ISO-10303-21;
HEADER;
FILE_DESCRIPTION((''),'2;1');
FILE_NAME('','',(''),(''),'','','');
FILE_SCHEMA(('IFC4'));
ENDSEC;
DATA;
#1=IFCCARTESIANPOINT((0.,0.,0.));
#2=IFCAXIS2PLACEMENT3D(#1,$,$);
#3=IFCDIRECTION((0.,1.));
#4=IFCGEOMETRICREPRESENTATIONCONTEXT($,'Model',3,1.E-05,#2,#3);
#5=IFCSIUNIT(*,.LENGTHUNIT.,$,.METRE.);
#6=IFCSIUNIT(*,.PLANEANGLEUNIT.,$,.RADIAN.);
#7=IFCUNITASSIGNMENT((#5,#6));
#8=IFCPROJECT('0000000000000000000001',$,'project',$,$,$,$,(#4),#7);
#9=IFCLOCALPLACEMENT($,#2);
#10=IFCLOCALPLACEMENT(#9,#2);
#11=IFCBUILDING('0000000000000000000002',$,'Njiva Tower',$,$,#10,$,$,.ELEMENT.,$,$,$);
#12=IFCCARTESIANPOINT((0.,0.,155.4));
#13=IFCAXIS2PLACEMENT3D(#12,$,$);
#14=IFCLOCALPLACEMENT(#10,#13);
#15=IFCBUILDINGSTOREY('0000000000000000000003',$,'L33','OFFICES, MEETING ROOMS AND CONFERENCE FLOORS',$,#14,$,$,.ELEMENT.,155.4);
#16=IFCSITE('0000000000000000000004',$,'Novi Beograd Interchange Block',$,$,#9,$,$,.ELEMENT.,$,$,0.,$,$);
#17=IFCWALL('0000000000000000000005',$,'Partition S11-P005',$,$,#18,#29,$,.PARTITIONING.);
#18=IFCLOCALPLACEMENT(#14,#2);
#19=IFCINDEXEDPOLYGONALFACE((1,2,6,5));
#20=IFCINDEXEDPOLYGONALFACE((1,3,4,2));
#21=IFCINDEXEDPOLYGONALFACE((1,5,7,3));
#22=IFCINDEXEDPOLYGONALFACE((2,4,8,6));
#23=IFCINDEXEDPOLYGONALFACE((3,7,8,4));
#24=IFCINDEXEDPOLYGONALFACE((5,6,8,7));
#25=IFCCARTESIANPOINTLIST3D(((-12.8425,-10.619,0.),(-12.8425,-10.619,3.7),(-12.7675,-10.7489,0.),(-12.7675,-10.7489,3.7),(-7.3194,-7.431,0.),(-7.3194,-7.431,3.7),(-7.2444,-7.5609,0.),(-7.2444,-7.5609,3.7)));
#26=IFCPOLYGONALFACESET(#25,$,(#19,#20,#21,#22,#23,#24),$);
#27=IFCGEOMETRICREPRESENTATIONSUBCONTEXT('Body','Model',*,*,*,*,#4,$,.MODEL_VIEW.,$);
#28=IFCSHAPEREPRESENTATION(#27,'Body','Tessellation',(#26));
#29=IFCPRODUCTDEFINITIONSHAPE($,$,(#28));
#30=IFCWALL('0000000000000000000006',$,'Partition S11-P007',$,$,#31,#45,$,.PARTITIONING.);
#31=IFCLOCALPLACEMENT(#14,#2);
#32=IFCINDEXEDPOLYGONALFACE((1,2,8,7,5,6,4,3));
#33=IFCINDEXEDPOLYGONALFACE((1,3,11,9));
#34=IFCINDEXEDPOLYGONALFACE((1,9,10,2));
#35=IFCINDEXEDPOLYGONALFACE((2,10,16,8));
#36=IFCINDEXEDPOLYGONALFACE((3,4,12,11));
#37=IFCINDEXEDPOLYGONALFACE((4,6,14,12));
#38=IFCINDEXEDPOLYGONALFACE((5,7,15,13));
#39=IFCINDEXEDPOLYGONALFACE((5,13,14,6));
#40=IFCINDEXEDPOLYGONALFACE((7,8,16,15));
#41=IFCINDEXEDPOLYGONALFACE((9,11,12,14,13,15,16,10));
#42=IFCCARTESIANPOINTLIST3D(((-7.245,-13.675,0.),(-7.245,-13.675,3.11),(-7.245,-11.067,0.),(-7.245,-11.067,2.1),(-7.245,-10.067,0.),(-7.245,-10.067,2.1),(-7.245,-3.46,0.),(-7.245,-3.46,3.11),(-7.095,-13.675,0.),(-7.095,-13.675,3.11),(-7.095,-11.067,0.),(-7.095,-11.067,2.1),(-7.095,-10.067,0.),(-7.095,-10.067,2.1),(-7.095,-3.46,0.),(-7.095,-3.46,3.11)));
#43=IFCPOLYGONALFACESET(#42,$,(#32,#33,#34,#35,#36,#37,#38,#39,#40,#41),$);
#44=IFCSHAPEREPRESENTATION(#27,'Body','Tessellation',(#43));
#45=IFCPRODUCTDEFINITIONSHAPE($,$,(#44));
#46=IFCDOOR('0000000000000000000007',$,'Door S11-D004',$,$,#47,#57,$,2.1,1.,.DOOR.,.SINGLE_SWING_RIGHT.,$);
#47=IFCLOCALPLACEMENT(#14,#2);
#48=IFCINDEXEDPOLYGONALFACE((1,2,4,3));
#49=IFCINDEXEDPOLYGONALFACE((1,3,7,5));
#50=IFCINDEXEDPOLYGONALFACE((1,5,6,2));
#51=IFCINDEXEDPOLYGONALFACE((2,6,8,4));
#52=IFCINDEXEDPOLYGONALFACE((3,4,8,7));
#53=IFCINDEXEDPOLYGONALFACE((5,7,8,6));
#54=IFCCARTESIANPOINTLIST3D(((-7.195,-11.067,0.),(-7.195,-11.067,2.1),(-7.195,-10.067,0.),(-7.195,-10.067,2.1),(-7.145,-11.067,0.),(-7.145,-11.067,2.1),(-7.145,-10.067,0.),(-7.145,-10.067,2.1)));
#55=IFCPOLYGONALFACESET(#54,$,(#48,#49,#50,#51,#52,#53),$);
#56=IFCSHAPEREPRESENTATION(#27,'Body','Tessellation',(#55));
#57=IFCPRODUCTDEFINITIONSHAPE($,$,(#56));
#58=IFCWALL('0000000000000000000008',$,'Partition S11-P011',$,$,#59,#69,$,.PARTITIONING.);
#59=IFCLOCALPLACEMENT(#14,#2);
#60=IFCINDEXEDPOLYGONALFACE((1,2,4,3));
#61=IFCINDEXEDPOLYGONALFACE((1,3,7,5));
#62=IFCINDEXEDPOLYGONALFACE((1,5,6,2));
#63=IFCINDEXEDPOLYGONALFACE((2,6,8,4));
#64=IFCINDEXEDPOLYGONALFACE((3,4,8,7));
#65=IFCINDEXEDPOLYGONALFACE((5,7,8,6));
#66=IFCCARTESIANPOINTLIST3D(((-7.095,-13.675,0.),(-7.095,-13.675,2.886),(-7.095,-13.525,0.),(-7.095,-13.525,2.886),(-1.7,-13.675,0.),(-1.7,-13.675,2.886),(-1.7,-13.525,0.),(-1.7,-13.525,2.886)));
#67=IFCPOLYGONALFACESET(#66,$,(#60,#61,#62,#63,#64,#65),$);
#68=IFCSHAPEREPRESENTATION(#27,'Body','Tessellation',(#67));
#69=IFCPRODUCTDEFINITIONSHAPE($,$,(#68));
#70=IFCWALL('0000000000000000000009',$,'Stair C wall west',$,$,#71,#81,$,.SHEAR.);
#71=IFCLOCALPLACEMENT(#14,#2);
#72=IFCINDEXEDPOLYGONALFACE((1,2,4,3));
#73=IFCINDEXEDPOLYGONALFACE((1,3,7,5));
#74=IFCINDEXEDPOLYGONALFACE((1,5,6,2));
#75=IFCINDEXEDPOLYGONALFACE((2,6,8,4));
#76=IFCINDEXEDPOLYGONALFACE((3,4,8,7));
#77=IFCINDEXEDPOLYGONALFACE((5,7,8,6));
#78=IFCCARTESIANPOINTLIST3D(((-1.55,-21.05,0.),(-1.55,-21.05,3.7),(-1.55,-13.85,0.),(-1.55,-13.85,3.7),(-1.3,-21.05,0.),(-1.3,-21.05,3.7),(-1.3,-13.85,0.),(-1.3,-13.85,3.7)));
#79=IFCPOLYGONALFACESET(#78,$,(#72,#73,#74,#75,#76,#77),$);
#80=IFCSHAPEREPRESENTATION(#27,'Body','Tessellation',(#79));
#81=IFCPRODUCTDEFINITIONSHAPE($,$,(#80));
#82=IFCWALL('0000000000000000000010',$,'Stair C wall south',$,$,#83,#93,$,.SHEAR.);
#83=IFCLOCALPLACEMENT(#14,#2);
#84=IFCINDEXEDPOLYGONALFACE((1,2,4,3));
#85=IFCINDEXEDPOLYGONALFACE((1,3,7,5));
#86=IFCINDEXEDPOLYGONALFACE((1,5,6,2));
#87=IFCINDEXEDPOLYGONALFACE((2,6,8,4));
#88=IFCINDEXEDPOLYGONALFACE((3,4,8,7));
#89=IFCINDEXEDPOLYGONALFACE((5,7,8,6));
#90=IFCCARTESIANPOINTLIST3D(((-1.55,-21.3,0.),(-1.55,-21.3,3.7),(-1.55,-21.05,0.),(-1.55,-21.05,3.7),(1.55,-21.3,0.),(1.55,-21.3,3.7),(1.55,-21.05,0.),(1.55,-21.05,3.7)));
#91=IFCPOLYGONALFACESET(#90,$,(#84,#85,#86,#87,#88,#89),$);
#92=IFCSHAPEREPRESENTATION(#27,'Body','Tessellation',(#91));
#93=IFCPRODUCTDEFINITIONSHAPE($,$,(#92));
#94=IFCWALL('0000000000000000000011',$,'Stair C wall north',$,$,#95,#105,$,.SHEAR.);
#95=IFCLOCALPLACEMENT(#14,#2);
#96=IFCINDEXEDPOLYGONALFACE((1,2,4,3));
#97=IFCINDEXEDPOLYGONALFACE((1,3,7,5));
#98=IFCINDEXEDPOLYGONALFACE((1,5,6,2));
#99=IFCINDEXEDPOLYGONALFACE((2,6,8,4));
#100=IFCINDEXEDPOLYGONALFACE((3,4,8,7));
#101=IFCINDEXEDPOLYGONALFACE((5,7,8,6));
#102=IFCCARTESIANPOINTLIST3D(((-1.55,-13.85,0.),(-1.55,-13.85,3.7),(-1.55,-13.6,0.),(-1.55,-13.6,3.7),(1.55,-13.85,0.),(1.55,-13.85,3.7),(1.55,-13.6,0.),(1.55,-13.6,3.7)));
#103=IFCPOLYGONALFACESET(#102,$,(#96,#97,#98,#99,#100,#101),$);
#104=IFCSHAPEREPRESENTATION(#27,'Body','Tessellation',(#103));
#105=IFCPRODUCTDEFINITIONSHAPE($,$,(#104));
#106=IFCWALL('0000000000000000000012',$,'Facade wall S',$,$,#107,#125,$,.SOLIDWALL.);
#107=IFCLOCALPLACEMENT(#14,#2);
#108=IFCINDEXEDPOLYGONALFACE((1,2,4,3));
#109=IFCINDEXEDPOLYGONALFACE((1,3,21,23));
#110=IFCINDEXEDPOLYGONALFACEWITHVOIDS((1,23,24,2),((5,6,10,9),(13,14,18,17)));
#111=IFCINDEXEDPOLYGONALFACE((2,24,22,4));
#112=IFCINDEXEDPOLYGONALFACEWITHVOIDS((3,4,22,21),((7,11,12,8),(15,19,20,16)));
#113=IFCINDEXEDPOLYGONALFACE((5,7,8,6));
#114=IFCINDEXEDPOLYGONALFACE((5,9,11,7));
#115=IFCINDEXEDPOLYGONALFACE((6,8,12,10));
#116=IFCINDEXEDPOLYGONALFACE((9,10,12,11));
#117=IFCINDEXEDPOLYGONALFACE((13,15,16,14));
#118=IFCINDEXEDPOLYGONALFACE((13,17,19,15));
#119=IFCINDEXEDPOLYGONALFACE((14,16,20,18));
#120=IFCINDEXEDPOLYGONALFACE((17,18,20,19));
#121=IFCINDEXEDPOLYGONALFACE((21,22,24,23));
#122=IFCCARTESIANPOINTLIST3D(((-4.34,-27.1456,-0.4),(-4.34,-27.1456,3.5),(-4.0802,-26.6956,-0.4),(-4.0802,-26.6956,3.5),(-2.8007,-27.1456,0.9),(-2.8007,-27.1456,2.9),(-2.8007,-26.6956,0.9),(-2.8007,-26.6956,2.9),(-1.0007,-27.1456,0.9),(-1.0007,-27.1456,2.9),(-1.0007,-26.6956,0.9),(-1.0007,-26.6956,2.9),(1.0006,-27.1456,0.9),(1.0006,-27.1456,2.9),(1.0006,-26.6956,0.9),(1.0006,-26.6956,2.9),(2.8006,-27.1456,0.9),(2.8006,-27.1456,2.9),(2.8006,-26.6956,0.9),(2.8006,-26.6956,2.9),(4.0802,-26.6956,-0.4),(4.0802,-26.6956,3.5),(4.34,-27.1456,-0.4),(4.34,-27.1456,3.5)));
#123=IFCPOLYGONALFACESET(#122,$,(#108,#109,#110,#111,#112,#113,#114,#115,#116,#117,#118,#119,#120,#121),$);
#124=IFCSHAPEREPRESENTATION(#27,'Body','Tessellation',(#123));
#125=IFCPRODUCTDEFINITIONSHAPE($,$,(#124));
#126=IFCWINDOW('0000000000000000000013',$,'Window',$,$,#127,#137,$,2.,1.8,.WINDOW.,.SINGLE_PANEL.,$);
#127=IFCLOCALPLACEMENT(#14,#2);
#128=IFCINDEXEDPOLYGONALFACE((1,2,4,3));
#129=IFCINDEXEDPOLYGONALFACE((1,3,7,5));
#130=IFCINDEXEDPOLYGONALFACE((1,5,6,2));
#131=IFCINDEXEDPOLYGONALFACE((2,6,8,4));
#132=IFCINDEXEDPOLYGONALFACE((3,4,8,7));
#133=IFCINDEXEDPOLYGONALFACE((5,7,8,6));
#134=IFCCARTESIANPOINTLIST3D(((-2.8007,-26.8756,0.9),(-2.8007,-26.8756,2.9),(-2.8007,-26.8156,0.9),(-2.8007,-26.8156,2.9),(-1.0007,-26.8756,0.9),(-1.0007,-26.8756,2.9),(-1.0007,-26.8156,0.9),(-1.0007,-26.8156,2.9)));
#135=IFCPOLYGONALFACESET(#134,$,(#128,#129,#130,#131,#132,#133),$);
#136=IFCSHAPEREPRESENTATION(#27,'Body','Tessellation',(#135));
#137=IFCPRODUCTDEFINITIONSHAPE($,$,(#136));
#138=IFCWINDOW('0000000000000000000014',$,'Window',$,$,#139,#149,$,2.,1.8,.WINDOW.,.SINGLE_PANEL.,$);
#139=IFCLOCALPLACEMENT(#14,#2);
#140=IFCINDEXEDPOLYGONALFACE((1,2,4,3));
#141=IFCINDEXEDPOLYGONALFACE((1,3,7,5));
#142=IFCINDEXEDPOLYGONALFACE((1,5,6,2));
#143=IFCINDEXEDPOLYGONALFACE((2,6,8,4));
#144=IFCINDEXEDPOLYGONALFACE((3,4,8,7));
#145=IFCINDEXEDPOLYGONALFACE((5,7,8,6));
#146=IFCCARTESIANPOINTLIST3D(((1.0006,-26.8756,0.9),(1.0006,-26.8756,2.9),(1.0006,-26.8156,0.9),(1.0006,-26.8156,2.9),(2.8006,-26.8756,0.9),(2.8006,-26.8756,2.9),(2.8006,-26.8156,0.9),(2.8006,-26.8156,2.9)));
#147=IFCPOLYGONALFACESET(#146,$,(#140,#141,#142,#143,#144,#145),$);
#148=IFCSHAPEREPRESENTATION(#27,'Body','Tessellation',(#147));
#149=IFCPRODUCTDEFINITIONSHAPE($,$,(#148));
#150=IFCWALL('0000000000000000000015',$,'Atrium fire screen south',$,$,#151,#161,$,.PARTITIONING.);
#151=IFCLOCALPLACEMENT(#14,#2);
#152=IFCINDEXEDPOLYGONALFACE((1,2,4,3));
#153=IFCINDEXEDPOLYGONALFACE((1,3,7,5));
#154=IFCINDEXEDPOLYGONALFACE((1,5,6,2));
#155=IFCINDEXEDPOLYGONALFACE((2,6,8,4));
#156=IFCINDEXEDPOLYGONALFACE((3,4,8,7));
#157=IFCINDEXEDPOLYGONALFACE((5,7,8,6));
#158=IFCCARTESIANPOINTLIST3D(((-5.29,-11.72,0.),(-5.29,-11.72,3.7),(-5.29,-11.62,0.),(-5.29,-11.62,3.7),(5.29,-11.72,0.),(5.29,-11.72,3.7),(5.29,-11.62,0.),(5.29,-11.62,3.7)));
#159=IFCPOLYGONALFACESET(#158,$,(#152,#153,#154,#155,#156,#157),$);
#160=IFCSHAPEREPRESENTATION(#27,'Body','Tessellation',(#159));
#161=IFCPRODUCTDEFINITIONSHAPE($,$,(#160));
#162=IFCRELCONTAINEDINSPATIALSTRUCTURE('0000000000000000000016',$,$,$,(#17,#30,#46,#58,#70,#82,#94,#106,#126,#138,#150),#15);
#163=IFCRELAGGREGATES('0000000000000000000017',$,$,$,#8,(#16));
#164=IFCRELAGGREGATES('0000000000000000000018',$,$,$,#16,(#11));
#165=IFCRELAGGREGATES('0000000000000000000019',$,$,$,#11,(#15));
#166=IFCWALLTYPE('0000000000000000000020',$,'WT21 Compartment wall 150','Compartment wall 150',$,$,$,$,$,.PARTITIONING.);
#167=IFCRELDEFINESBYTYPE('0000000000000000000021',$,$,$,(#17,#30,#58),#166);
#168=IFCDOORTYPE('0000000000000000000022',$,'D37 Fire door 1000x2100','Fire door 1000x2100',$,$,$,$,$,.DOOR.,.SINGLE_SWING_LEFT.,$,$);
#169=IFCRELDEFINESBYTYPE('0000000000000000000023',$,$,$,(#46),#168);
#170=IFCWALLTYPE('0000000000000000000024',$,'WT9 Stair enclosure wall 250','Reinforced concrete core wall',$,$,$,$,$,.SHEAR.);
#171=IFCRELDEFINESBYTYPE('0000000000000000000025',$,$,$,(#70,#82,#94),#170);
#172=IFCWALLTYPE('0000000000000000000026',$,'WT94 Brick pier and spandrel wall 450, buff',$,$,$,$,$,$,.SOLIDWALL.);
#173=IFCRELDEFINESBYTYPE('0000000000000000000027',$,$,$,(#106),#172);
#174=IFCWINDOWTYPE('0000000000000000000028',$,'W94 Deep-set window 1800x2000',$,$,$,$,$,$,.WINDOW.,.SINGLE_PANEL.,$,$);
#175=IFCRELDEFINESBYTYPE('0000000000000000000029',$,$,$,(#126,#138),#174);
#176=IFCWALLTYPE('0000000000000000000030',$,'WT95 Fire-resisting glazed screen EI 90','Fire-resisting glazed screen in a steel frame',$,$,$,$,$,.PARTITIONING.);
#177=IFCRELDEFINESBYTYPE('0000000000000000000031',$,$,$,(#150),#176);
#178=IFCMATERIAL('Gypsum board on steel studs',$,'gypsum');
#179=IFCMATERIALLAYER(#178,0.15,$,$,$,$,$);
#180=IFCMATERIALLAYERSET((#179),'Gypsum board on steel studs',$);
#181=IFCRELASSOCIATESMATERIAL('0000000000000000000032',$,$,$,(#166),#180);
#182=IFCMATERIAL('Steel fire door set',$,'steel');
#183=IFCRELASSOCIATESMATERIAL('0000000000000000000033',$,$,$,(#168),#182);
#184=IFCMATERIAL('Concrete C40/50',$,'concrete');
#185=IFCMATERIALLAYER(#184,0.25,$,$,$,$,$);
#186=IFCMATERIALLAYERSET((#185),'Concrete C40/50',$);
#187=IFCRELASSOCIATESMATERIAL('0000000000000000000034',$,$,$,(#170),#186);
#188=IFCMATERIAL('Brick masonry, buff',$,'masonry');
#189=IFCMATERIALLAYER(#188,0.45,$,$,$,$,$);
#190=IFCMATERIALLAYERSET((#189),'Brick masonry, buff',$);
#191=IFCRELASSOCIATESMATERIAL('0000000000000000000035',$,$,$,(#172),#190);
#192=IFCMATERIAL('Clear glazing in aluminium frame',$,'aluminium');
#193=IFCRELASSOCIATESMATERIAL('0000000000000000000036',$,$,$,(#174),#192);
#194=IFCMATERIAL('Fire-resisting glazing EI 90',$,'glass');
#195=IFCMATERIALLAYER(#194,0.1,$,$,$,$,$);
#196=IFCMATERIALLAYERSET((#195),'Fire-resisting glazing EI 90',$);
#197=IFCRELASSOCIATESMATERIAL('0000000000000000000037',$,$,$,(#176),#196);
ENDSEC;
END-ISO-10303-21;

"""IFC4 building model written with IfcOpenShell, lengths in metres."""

from ifc_helpers import new_model, si_unit, direction, frame, frame_2d, origin, place, context, subcontext, project, spatial, polyline, rectangle, outline, extrude, material, layer, layer_set, type_object, element, fill, save


model = new_model("IFC4")

# Units and contexts
model_context = context("Model", 3, precision=1e-05, world=origin(), true_north=direction((0.0, 1.0)))
body_context = subcontext(model_context, "Body", "Model", "MODEL_VIEW")
ifc_project = project(units=[si_unit("LENGTHUNIT", "METRE"), si_unit("PLANEANGLEUNIT", "RADIAN")], contexts=[model_context])

# Site, building, storey
site_placement = place(None, origin())
site = spatial("IfcSite", under=ifc_project, at=site_placement, Name="Novi Beograd Interchange Block", CompositionType="ELEMENT", RefElevation=0.0)
building_placement = place(site_placement, origin())
building = spatial("IfcBuilding", under=site, at=building_placement, Name="Njiva Tower", CompositionType="ELEMENT")
storey_placement = place(building_placement, frame((0.0, 0.0, 155.4)))
storey = spatial("IfcBuildingStorey", under=building, at=storey_placement, Name="L33", Description="OFFICES, MEETING ROOMS AND CONFERENCE FLOORS", CompositionType="ELEMENT", Elevation=155.4)

# Wall
ifc_material_1 = material(Name="Gypsum board on steel studs", Category="gypsum")
ifc_layer_1 = layer(ifc_material_1, 0.15)
ifc_layer_set_1 = layer_set([ifc_layer_1], Name="Gypsum board on steel studs")
wall_type_1 = type_object("IfcWallType", Name="WT21 Compartment wall 150", Description="Compartment wall 150", PredefinedType="PARTITIONING", material=ifc_layer_set_1)
wall_1_placement = place(storey_placement, frame((-12.805, -10.684, 0.0), z_axis=(0.0, 0.0, 1.0), x_axis=(0.866073, 0.499917, 0.0)))
element("IfcWall", 1, at=wall_1_placement, inside=storey, type_object=wall_type_1, Name="Partition S11-P005", PredefinedType="PARTITIONING", context=body_context, shape_type="SweptSolid", body=[
    extrude(rectangle(XDim=6.3771, YDim=0.15, at=frame_2d((3.1886, 0.0))), origin(), (0.0, 0.0, 1.0), 3.7),
])

# Wall, opening, door
wall_2_placement = place(storey_placement, frame((-7.17, -13.675, 0.0), z_axis=(0.0, 0.0, 1.0), x_axis=(0.0, 1.0, 0.0)))
wall_2 = element("IfcWall", 2, at=wall_2_placement, inside=storey, type_object=wall_type_1, Name="Partition S11-P007", PredefinedType="PARTITIONING", context=body_context, shape_type="SweptSolid", body=[
    extrude(rectangle(XDim=10.215, YDim=0.15, at=frame_2d((5.1075, 0.0))), origin(), (0.0, 0.0, 1.0), 3.11),
])
opening_1_placement = place(wall_2_placement, frame((2.608, 0.0, 0.0)))
opening_1 = element("IfcOpeningElement", 3, at=opening_1_placement, cuts=wall_2, PredefinedType="OPENING", context=body_context, shape_type="SweptSolid", body=[
    extrude(rectangle(XDim=1.0, YDim=2.1, at=frame_2d((0.5, 1.05))), frame((0.0, 0.085, 0.0), z_axis=(0.0, -1.0, 0.0), x_axis=(1.0, 0.0, 0.0)), (0.0, 0.0, 1.0), 0.17),
])
ifc_material_2 = material(Name="Steel fire door set", Category="steel")
door_type = type_object("IfcDoorType", Name="D37 Fire door 1000x2100", Description="Fire door 1000x2100", OperationType="SINGLE_SWING_LEFT", PredefinedType="DOOR", material=ifc_material_2)
door_placement = place(opening_1_placement, origin())
door = element("IfcDoor", 4, at=door_placement, inside=storey, type_object=door_type, Name="Door S11-D004", OperationType="SINGLE_SWING_RIGHT", OverallHeight=2.1, OverallWidth=1.0, PredefinedType="DOOR", context=body_context, shape_type="SweptSolid", body=[
    extrude(rectangle(XDim=1.0, YDim=2.1, at=frame_2d((0.5, 1.05))), frame((0.0, 0.025, 0.0), z_axis=(0.0, -1.0, 0.0), x_axis=(1.0, 0.0, 0.0)), (0.0, 0.0, 1.0), 0.05),
])
fill(opening_1, door)

# Walls
wall_3_placement = place(storey_placement, frame((-7.095, -13.6, 0.0), z_axis=(0.0, 0.0, 1.0), x_axis=(1.0, 0.0, 0.0)))
element("IfcWall", 5, at=wall_3_placement, inside=storey, type_object=wall_type_1, Name="Partition S11-P011", PredefinedType="PARTITIONING", context=body_context, shape_type="SweptSolid", body=[
    extrude(rectangle(XDim=5.395, YDim=0.15, at=frame_2d((2.6975, 0.0))), origin(), (0.0, 0.0, 1.0), 2.886),
])
ifc_material_3 = material(Name="Concrete C40/50", Category="concrete")
ifc_layer_2 = layer(ifc_material_3, 0.25)
ifc_layer_set_2 = layer_set([ifc_layer_2], Name="Concrete C40/50")
wall_type_2 = type_object("IfcWallType", Name="WT9 Stair enclosure wall 250", Description="Reinforced concrete core wall", PredefinedType="SHEAR", material=ifc_layer_set_2)
wall_4_placement = place(storey_placement, frame((-1.425, -21.05, 0.0), z_axis=(0.0, 0.0, 1.0), x_axis=(0.0, 1.0, 0.0)))
element("IfcWall", 6, at=wall_4_placement, inside=storey, type_object=wall_type_2, Name="Stair C wall west", PredefinedType="SHEAR", context=body_context, shape_type="SweptSolid", body=[
    extrude(rectangle(XDim=7.2, YDim=0.25, at=frame_2d((3.6, 0.0))), origin(), (0.0, 0.0, 1.0), 3.7),
])
for number, where, z_axis, x_axis, name in (
    (7, (-1.55, -21.175, 0.0), (0.0, 0.0, 1.0), (1.0, 0.0, 0.0), "Stair C wall south"),
    (8, (-1.55, -13.725, 0.0), (0.0, 0.0, 1.0), (1.0, 0.0, 0.0), "Stair C wall north"),
):
    element("IfcWall", number, at=place(storey_placement, frame(where, z_axis=z_axis, x_axis=x_axis)), inside=storey, type_object=wall_type_2, Name=name, PredefinedType="SHEAR", context=body_context, shape_type="SweptSolid", body=[
        extrude(rectangle(XDim=3.1, YDim=0.25, at=frame_2d((1.55, 0.0))), origin(), (0.0, 0.0, 1.0), 3.7),
    ])

# Wall, openings, windows
ifc_material_4 = material(Name="Brick masonry, buff", Category="masonry")
ifc_layer_3 = layer(ifc_material_4, 0.45)
ifc_layer_set_3 = layer_set([ifc_layer_3], Name="Brick masonry, buff")
wall_type_3 = type_object("IfcWallType", Name="WT94 Brick pier and spandrel wall 450, buff", PredefinedType="SOLIDWALL", material=ifc_layer_set_3)
wall_5_placement = place(storey_placement, frame((-4.2101, -26.9206, -0.4), z_axis=(0.0, 0.0, 1.0), x_axis=(1.0, 0.0, 0.0)))
wall_5 = element("IfcWall", 9, at=wall_5_placement, inside=storey, type_object=wall_type_3, Name="Facade wall S", PredefinedType="SOLIDWALL", context=body_context, shape_type="SweptSolid", body=[
    extrude(outline(polyline([(-0.1299, -0.225), (8.5501, -0.225), (8.2903, 0.225), (0.1299, 0.225), (-0.1299, -0.225)])), origin(), (0.0, 0.0, 1.0), 3.9),
])
opening_2_placement = place(wall_5_placement, frame((1.4094, 0.0, 1.3)))
opening_2 = element("IfcOpeningElement", 10, at=opening_2_placement, cuts=wall_5, PredefinedType="OPENING", context=body_context, shape_type="SweptSolid", body=[
    extrude(rectangle(XDim=1.8, YDim=2.0, at=frame_2d((0.9, 1.0))), frame((0.0, 0.235, 0.0), z_axis=(0.0, -1.0, 0.0), x_axis=(1.0, 0.0, 0.0)), (0.0, 0.0, 1.0), 0.47),
])
opening_3_placement = place(wall_5_placement, frame((5.2107, 0.0, 1.3)))
opening_3 = element("IfcOpeningElement", 11, at=opening_3_placement, cuts=wall_5, PredefinedType="OPENING", context=body_context, shape_type="SweptSolid", body=[
    extrude(rectangle(XDim=1.8, YDim=2.0, at=frame_2d((0.9, 1.0))), frame((0.0, 0.235, 0.0), z_axis=(0.0, -1.0, 0.0), x_axis=(1.0, 0.0, 0.0)), (0.0, 0.0, 1.0), 0.47),
])
ifc_material_5 = material(Name="Clear glazing in aluminium frame", Category="aluminium")
window_type = type_object("IfcWindowType", Name="W94 Deep-set window 1800x2000", PartitioningType="SINGLE_PANEL", PredefinedType="WINDOW", material=ifc_material_5)
window_1_placement = place(opening_2_placement, origin())
window_1 = element("IfcWindow", 12, at=window_1_placement, inside=storey, type_object=window_type, Name="Window", OverallHeight=2.0, OverallWidth=1.8, PartitioningType="SINGLE_PANEL", PredefinedType="WINDOW", context=body_context, shape_type="SweptSolid", body=[
    extrude(rectangle(XDim=1.8, YDim=2.0, at=frame_2d((0.9, 1.0))), frame((0.0, 0.105, 0.0), z_axis=(0.0, -1.0, 0.0), x_axis=(1.0, 0.0, 0.0)), (0.0, 0.0, 1.0), 0.06),
])
fill(opening_2, window_1)
window_2_placement = place(opening_3_placement, origin())
window_2 = element("IfcWindow", 13, at=window_2_placement, inside=storey, type_object=window_type, Name="Window", OverallHeight=2.0, OverallWidth=1.8, PartitioningType="SINGLE_PANEL", PredefinedType="WINDOW", context=body_context, shape_type="SweptSolid", body=[
    extrude(rectangle(XDim=1.8, YDim=2.0, at=frame_2d((0.9, 1.0))), frame((0.0, 0.105, 0.0), z_axis=(0.0, -1.0, 0.0), x_axis=(1.0, 0.0, 0.0)), (0.0, 0.0, 1.0), 0.06),
])
fill(opening_3, window_2)

# Wall
ifc_material_6 = material(Name="Fire-resisting glazing EI 90", Category="glass")
ifc_layer_4 = layer(ifc_material_6, 0.1)
ifc_layer_set_4 = layer_set([ifc_layer_4], Name="Fire-resisting glazing EI 90")
wall_type_4 = type_object("IfcWallType", Name="WT95 Fire-resisting glazed screen EI 90", Description="Fire-resisting glazed screen in a steel frame", PredefinedType="PARTITIONING", material=ifc_layer_set_4)
wall_6_placement = place(storey_placement, frame((-5.29, -11.67, 0.0), z_axis=(0.0, 0.0, 1.0), x_axis=(1.0, 0.0, 0.0)))
element("IfcWall", 14, at=wall_6_placement, inside=storey, type_object=wall_type_4, Name="Atrium fire screen south", PredefinedType="PARTITIONING", context=body_context, shape_type="SweptSolid", body=[
    extrude(rectangle(XDim=10.58, YDim=0.1, at=frame_2d((5.29, 0.0))), origin(), (0.0, 0.0, 1.0), 3.7),
])

save(model, "model.ifc")
